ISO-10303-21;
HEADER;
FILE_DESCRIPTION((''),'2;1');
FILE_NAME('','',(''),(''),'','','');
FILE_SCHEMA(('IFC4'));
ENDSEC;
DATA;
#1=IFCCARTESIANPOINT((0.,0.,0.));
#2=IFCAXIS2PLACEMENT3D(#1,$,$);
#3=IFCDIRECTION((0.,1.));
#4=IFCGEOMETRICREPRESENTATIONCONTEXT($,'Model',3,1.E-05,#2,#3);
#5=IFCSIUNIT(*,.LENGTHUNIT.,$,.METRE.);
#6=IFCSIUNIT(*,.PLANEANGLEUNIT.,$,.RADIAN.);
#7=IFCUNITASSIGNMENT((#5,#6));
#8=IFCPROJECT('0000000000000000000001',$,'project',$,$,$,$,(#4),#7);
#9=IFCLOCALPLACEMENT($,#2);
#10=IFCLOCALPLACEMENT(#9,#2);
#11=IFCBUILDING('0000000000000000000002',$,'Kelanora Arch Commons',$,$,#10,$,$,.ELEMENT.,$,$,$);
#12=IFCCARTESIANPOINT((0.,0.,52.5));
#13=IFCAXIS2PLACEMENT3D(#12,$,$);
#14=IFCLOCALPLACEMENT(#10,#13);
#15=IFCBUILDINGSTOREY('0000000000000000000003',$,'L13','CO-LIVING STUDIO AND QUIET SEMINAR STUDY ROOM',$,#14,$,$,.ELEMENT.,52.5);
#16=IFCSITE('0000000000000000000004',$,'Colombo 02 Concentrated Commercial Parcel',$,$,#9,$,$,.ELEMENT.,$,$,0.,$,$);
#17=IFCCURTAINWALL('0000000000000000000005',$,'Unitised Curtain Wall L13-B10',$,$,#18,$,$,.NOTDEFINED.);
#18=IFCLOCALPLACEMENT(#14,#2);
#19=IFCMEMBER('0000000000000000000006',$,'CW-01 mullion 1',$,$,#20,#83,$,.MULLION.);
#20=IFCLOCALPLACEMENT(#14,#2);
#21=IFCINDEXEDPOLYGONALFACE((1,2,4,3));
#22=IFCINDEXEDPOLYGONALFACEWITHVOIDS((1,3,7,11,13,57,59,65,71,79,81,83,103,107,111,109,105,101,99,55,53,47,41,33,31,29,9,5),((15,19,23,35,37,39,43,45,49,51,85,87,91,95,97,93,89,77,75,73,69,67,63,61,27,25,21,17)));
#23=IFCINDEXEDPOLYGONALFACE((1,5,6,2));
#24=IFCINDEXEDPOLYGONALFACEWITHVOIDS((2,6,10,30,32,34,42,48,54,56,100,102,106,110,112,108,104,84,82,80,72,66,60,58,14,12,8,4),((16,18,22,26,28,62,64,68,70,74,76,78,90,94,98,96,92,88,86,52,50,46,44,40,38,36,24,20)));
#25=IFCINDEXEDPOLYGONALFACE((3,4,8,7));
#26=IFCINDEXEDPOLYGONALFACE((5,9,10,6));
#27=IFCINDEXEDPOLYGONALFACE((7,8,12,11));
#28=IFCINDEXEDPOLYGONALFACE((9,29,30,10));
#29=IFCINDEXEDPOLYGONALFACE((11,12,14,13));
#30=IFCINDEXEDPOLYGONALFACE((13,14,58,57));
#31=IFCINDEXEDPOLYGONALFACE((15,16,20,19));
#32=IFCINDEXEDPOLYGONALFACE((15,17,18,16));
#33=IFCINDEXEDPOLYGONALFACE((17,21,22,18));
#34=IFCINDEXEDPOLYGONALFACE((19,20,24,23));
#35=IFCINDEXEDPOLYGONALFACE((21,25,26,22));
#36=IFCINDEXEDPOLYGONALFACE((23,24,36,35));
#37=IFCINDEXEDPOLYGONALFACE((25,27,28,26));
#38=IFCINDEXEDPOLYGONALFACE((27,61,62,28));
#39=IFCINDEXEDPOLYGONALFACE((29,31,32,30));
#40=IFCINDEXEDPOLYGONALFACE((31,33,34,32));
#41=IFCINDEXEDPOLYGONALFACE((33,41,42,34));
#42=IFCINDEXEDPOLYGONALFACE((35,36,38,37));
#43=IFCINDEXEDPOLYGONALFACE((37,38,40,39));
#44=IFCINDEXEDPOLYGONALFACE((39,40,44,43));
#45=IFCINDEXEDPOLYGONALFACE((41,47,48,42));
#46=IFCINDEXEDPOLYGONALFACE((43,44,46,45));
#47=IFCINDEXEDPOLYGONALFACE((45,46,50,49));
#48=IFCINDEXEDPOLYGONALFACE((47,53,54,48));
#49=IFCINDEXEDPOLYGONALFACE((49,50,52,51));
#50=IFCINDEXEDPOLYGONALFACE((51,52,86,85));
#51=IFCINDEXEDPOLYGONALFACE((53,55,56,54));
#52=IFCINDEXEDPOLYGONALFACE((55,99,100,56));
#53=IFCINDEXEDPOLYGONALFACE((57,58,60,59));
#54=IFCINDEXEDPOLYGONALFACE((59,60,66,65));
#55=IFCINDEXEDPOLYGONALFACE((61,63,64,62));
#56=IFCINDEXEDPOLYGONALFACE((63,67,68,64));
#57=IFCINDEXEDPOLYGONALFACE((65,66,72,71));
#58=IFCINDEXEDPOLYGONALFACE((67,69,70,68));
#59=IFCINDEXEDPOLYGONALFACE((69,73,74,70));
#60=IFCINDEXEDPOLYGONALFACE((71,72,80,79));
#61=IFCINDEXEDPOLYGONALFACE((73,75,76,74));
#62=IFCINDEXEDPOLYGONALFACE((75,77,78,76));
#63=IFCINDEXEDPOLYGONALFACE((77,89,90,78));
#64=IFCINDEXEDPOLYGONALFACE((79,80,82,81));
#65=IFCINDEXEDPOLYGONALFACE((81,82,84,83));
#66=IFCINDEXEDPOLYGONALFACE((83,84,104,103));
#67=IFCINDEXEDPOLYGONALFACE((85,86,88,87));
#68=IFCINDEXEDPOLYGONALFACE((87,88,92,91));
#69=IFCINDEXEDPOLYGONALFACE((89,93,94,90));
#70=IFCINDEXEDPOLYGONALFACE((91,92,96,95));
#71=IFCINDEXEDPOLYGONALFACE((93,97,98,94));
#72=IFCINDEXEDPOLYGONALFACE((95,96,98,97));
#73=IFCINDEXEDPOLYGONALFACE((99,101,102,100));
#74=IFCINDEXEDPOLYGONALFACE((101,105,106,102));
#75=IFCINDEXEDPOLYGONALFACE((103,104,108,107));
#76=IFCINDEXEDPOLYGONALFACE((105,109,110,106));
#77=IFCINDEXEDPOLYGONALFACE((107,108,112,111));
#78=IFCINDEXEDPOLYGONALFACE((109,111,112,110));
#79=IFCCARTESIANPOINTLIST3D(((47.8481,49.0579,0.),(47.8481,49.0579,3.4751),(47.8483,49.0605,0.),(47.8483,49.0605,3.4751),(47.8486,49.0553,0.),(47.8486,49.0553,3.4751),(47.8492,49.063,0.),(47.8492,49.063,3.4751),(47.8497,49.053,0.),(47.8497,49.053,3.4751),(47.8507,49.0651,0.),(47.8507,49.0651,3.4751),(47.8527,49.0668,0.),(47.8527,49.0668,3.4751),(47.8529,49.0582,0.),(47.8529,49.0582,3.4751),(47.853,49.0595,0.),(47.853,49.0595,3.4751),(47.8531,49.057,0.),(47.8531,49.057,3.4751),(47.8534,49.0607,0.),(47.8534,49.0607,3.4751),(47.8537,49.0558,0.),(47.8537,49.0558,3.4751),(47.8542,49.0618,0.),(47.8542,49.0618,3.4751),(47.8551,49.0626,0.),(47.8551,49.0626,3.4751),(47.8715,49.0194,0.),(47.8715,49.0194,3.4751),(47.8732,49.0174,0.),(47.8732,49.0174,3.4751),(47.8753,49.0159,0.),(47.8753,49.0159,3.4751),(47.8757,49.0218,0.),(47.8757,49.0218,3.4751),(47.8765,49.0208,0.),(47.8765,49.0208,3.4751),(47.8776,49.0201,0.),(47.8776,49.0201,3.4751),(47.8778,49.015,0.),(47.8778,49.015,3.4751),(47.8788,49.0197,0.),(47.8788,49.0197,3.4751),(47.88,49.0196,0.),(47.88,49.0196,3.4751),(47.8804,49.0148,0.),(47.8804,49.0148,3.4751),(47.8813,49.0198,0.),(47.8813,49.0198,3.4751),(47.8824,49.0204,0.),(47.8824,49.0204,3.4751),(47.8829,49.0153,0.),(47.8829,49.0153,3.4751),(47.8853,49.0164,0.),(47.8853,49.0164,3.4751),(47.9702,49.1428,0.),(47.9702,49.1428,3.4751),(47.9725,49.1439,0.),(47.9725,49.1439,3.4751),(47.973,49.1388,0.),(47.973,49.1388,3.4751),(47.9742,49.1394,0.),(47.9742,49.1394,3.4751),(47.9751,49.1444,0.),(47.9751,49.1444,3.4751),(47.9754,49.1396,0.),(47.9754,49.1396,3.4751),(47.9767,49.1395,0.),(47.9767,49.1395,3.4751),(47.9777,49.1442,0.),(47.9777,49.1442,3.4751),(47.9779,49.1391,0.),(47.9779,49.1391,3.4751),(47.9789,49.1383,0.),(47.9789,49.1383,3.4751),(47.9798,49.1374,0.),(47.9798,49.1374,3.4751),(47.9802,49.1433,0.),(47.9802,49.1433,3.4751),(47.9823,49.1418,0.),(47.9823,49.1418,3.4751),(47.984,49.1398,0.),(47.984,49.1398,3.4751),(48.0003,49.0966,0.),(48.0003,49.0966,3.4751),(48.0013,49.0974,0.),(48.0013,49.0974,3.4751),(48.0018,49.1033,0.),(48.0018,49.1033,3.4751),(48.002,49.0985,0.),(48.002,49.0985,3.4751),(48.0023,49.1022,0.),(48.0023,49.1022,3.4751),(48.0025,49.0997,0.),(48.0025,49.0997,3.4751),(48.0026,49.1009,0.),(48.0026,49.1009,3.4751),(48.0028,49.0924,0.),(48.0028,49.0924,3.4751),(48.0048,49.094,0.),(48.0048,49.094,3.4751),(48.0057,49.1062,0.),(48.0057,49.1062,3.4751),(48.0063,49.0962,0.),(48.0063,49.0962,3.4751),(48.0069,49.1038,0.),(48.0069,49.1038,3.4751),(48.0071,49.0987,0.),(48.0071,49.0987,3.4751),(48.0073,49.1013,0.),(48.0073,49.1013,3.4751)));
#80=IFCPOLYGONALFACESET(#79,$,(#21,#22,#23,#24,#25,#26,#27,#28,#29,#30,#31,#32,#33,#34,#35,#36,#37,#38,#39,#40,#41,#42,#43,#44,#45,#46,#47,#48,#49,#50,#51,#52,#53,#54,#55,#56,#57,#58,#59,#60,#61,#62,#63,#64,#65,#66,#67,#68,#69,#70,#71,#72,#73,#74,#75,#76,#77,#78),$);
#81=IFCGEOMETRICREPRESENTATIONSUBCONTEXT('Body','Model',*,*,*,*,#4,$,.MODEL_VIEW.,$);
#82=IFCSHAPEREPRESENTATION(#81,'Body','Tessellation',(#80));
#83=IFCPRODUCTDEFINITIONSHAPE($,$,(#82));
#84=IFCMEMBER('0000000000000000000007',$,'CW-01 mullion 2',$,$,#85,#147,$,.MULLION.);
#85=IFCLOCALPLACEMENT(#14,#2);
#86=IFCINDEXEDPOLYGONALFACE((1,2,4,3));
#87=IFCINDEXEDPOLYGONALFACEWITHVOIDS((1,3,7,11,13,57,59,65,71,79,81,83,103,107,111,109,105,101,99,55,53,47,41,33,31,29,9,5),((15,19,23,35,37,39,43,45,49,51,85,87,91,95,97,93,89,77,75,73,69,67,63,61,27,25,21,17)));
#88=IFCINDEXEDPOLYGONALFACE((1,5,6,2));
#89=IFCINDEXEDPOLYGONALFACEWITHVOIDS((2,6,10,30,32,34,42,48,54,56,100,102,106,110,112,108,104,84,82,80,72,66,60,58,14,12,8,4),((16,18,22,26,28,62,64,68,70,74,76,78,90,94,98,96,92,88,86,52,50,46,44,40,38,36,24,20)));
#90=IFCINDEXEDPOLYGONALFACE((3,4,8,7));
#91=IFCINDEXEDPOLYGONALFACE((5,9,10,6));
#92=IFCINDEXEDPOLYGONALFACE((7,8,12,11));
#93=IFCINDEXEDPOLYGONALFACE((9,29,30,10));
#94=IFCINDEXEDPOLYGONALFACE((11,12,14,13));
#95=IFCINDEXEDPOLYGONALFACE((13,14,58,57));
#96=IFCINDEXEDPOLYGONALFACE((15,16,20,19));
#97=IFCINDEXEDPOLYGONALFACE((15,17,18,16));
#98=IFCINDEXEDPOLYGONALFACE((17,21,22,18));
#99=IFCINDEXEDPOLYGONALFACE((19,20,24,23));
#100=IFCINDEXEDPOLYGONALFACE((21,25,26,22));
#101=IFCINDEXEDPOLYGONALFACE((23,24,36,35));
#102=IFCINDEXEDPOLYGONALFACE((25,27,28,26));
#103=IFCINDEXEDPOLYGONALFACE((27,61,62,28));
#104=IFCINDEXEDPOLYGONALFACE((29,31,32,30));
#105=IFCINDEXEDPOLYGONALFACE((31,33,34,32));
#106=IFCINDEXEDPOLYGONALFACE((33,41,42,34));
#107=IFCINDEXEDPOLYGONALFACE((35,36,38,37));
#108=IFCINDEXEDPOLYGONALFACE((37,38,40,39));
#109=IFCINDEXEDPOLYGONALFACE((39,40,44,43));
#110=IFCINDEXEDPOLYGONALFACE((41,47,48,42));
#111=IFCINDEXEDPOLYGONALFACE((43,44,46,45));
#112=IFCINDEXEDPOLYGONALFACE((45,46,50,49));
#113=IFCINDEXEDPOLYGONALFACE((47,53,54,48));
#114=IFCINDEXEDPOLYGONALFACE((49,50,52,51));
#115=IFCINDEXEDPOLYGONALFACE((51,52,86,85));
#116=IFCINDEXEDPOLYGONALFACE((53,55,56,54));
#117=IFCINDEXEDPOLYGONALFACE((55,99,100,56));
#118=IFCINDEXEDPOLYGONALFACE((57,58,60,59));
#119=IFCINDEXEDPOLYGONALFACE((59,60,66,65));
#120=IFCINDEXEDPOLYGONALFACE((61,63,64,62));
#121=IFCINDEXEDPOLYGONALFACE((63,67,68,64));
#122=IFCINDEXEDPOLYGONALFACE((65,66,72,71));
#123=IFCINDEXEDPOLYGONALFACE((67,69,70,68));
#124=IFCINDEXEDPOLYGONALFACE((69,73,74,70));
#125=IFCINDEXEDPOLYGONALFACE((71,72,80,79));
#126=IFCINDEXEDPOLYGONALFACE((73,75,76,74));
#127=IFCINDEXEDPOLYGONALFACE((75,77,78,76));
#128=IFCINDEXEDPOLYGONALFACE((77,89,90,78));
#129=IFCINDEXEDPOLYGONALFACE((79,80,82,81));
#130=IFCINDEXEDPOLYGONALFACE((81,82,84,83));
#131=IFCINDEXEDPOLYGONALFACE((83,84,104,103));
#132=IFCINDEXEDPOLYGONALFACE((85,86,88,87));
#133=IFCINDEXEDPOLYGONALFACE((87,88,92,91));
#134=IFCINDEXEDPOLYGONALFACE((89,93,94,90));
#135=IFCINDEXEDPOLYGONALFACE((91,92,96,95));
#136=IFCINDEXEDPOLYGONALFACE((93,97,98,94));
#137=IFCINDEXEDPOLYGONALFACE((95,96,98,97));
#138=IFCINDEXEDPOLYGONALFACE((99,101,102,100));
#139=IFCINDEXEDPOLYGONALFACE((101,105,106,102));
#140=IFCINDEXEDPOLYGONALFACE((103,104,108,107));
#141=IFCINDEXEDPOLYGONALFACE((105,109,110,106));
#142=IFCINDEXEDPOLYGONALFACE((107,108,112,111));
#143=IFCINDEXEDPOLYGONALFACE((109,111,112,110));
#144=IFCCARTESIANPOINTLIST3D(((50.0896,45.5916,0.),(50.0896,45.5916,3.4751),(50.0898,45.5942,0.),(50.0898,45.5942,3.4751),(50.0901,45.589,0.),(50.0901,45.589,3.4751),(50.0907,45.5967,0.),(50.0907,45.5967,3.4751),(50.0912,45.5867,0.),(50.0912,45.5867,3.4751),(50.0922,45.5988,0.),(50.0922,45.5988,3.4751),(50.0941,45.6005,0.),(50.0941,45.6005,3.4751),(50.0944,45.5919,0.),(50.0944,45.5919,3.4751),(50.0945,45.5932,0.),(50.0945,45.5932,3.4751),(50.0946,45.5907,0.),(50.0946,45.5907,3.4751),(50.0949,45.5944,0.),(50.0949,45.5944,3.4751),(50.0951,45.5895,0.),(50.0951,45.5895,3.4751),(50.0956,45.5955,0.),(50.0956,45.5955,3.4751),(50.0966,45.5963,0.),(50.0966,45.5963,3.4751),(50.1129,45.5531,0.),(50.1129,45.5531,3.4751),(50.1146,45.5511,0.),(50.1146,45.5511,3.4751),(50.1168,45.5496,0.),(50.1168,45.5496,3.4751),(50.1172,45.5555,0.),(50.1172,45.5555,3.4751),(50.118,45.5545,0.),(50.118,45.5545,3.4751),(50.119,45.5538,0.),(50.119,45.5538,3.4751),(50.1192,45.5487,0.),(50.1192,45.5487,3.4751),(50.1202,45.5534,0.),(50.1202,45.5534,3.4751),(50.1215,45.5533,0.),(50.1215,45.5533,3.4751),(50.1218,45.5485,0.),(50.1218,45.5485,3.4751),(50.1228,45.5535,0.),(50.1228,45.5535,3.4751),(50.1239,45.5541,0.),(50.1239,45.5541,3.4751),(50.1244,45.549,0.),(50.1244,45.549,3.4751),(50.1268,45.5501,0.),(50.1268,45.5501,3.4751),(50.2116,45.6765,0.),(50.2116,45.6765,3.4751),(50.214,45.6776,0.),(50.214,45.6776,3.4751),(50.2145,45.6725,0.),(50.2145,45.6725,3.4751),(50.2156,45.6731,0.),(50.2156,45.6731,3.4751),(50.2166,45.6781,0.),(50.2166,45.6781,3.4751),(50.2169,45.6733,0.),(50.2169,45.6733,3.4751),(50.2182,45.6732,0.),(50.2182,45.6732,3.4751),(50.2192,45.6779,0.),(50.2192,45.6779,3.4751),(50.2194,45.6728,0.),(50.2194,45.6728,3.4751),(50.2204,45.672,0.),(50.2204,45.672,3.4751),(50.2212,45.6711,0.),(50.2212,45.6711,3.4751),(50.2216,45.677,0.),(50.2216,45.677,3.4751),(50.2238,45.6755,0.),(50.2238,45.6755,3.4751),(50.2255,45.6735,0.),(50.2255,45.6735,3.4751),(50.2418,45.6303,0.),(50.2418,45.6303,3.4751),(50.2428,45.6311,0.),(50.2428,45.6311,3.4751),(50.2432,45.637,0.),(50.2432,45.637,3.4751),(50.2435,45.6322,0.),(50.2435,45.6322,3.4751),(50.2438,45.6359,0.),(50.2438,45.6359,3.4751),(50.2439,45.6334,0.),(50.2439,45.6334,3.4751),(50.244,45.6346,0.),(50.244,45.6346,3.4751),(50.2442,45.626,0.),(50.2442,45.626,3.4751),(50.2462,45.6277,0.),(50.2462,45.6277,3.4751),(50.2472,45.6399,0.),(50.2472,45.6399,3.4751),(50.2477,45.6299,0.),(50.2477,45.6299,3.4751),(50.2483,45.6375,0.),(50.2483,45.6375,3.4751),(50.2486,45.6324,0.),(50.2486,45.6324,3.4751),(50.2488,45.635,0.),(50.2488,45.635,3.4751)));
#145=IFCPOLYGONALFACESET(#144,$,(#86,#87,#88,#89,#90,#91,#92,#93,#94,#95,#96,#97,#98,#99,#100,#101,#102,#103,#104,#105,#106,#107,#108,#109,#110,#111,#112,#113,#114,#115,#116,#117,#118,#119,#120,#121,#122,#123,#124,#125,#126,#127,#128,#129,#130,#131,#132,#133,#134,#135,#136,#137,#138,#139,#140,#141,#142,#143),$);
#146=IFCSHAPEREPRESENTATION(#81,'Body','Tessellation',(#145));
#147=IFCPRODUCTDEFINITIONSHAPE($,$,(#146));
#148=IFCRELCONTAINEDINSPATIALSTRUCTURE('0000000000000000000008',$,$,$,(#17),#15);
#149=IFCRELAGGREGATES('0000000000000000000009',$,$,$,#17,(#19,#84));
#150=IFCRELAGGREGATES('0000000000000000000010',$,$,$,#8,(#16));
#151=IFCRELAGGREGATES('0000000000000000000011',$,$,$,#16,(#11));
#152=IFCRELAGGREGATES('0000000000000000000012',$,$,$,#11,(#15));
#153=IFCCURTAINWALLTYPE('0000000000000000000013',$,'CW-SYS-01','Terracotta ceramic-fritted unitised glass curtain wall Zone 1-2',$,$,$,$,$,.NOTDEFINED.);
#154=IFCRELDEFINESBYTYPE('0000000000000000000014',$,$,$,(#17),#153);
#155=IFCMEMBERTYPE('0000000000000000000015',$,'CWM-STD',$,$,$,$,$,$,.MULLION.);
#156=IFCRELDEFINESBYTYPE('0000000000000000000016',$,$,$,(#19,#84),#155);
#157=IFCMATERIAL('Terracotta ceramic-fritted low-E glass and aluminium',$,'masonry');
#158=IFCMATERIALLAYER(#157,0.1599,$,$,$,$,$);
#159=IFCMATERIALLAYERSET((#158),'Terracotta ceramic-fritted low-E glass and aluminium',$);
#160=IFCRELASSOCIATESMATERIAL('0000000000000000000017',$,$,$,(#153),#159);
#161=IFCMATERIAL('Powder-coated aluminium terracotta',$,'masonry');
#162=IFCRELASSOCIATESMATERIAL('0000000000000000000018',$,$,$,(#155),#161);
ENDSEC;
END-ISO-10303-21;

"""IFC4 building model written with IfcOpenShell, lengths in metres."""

from ifc_helpers import new_model, si_unit, direction, frame, origin, origin_2d, place, context, subcontext, project, spatial, hollow_rectangle, extrude, material, layer, layer_set, material_profile, profile_set, type_object, element, aggregate, save


model = new_model("IFC4")

# Units and contexts
model_context = context("Model", 3, precision=1e-05, world=origin(), true_north=direction((0.0, 1.0)))
body_context = subcontext(model_context, "Body", "Model", "MODEL_VIEW")
ifc_project = project(units=[si_unit("LENGTHUNIT", "METRE"), si_unit("PLANEANGLEUNIT", "RADIAN")], contexts=[model_context])

# Site, building, storey
site_placement = place(None, origin())
site = spatial("IfcSite", under=ifc_project, at=site_placement, Name="Colombo 02 Concentrated Commercial Parcel", CompositionType="ELEMENT", RefElevation=0.0)
building_placement = place(site_placement, origin())
building = spatial("IfcBuilding", under=site, at=building_placement, Name="Kelanora Arch Commons", CompositionType="ELEMENT")
storey_placement = place(building_placement, frame((0.0, 0.0, 52.5)))
storey = spatial("IfcBuildingStorey", under=building, at=storey_placement, Name="L13", Description="CO-LIVING STUDIO AND QUIET SEMINAR STUDY ROOM", CompositionType="ELEMENT", Elevation=52.5)

# Shared definitions
ifc_material_1 = material(Name="Terracotta ceramic-fritted low-E glass and aluminium", Category="masonry")
ifc_layer_1 = layer(ifc_material_1, 0.1599)
ifc_layer_set_1 = layer_set([ifc_layer_1], Name="Terracotta ceramic-fritted low-E glass and aluminium")
curtain_wall_type = type_object("IfcCurtainWallType", Name="CW-SYS-01", Description="Terracotta ceramic-fritted unitised glass curtain wall Zone 1-2", PredefinedType="NOTDEFINED", material=ifc_layer_set_1)
ifc_material_2 = material(Name="Powder-coated aluminium terracotta", Category="masonry")
ifc_material_profile_1 = material_profile(ifc_material_2, hollow_rectangle(XDim=0.1599, YDim=0.0601, WallThickness=0.0049, InnerFilletRadius=0.0049, OuterFilletRadius=0.01, at=origin_2d()), Name="CWM160x60")
ifc_profile_set_1 = profile_set([ifc_material_profile_1], Name="Powder-coated aluminium terracotta")
member_type_1 = type_object("IfcMemberType", Name="CWM-STD", PredefinedType="MULLION", material=ifc_profile_set_1)

# Curtain wall, members
curtain_wall_1_placement = place(storey_placement, origin())
curtain_wall_1 = element("IfcCurtainWall", 1, at=curtain_wall_1_placement, inside=storey, type_object=curtain_wall_type, Name="Unitised Curtain Wall L13-B10", PredefinedType="NOTDEFINED")
member_1_placement = place(storey_placement, frame((47.9277, 49.0796, 0.0), z_axis=(0.0, 0.0, 1.0), x_axis=(0.83973, 0.543004, 0.0)))
member_1 = element("IfcMember", 2, at=member_1_placement, type_object=member_type_1, Name="CW-01 mullion 1", PredefinedType="MULLION", context=body_context, shape_type="SweptSolid", body=[
    extrude(hollow_rectangle(XDim=0.1599, YDim=0.0601, WallThickness=0.0049, InnerFilletRadius=0.0049, OuterFilletRadius=0.01, at=origin_2d()), origin(), (0.0, 0.0, 1.0), 3.4751),
])
member_2_placement = place(storey_placement, frame((50.1692, 45.6133, 0.0), z_axis=(0.0, 0.0, 1.0), x_axis=(0.83973, 0.543004, 0.0)))
member_2 = element("IfcMember", 3, at=member_2_placement, type_object=member_type_1, Name="CW-01 mullion 2", PredefinedType="MULLION", context=body_context, shape_type="SweptSolid", body=[
    extrude(hollow_rectangle(XDim=0.1599, YDim=0.0601, WallThickness=0.0049, InnerFilletRadius=0.0049, OuterFilletRadius=0.01, at=origin_2d()), origin(), (0.0, 0.0, 1.0), 3.4751),
])

aggregate(curtain_wall_1, [member_1, member_2])

save(model, "model.ifc")
